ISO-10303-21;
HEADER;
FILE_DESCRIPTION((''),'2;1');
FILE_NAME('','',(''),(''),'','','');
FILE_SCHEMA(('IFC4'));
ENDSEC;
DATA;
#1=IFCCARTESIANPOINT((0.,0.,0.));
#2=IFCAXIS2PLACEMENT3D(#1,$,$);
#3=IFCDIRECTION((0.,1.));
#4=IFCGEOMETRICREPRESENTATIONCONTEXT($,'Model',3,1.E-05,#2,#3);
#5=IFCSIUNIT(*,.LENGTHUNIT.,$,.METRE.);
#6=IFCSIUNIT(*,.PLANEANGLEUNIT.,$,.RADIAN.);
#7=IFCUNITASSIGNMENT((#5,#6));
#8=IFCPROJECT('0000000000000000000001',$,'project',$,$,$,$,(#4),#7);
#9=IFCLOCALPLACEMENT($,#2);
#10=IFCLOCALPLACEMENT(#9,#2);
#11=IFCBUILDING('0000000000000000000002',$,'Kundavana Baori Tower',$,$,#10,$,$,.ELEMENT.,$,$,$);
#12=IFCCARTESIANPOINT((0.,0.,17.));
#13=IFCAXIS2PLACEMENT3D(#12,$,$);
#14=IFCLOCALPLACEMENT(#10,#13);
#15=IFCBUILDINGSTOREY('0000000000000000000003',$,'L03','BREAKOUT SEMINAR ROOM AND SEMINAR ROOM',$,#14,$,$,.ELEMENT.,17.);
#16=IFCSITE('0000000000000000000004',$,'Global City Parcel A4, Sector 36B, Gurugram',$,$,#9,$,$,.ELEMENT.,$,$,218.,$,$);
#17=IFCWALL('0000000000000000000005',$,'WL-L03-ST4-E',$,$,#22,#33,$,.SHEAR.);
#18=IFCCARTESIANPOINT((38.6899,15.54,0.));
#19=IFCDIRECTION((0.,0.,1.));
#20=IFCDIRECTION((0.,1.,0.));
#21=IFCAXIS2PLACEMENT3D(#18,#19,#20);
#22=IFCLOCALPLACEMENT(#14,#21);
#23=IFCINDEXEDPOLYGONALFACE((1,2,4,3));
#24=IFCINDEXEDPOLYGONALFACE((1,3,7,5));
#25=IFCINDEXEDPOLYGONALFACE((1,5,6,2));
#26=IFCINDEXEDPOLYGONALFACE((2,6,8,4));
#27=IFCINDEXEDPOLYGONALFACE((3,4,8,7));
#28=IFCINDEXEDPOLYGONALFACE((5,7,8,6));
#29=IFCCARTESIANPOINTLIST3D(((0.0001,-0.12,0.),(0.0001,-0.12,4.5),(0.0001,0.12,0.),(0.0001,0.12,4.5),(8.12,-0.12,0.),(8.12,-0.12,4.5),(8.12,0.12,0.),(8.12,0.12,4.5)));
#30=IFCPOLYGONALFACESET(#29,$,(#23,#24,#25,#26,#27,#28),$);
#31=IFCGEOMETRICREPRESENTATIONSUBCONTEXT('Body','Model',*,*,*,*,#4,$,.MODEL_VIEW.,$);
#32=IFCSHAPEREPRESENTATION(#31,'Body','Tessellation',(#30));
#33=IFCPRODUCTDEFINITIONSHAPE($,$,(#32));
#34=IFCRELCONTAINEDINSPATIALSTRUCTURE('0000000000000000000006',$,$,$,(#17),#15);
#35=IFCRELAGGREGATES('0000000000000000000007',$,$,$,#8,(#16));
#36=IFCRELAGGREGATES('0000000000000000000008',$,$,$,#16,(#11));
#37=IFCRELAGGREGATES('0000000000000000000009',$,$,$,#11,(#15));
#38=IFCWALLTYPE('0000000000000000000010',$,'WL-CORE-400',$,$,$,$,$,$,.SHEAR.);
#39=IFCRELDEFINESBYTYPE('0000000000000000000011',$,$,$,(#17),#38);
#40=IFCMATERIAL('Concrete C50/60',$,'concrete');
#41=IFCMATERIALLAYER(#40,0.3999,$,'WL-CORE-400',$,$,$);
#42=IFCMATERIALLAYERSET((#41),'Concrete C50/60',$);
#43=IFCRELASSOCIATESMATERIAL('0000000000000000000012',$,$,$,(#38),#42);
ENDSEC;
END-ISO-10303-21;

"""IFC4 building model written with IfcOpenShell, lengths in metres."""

from ifc_helpers import new_model, si_unit, direction, frame, frame_2d, origin, place, context, subcontext, project, spatial, rectangle, extrude, material, layer, layer_set, type_object, element, save


model = new_model("IFC4")

# Units and contexts
model_context = context("Model", 3, precision=1e-05, world=origin(), true_north=direction((0.0, 1.0)))
body_context = subcontext(model_context, "Body", "Model", "MODEL_VIEW")
ifc_project = project(units=[si_unit("LENGTHUNIT", "METRE"), si_unit("PLANEANGLEUNIT", "RADIAN")], contexts=[model_context])

# Site, building, storey
site_placement = place(None, origin())
site = spatial("IfcSite", under=ifc_project, at=site_placement, Name="Global City Parcel A4, Sector 36B, Gurugram", CompositionType="ELEMENT", RefElevation=218.0)
building_placement = place(site_placement, origin())
building = spatial("IfcBuilding", under=site, at=building_placement, Name="Kundavana Baori Tower", CompositionType="ELEMENT")
storey_placement = place(building_placement, frame((0.0, 0.0, 17.0)))
storey = spatial("IfcBuildingStorey", under=building, at=storey_placement, Name="L03", Description="BREAKOUT SEMINAR ROOM AND SEMINAR ROOM", CompositionType="ELEMENT", Elevation=17.0)

# Shared definitions
ifc_material_1 = material(Name="Concrete C50/60", Category="concrete")
ifc_layer_1 = layer(ifc_material_1, 0.3999, Name="WL-CORE-400")
ifc_layer_set_1 = layer_set([ifc_layer_1], Name="Concrete C50/60")
wall_type_1 = type_object("IfcWallType", Name="WL-CORE-400", PredefinedType="SHEAR", material=ifc_layer_set_1)

# Wall
wall_1_placement = place(storey_placement, frame((38.6899, 15.54, 0.0), z_axis=(0.0, 0.0, 1.0), x_axis=(0.0, 1.0, 0.0)))
element("IfcWall", 1, at=wall_1_placement, inside=storey, type_object=wall_type_1, Name="WL-L03-ST4-E", PredefinedType="SHEAR", context=body_context, shape_type="SweptSolid", body=[
    extrude(rectangle(XDim=8.1199, YDim=0.24, at=frame_2d((4.0601, 0.0))), origin(), (0.0, 0.0, 1.0), 4.5),
])

save(model, "model.ifc")
